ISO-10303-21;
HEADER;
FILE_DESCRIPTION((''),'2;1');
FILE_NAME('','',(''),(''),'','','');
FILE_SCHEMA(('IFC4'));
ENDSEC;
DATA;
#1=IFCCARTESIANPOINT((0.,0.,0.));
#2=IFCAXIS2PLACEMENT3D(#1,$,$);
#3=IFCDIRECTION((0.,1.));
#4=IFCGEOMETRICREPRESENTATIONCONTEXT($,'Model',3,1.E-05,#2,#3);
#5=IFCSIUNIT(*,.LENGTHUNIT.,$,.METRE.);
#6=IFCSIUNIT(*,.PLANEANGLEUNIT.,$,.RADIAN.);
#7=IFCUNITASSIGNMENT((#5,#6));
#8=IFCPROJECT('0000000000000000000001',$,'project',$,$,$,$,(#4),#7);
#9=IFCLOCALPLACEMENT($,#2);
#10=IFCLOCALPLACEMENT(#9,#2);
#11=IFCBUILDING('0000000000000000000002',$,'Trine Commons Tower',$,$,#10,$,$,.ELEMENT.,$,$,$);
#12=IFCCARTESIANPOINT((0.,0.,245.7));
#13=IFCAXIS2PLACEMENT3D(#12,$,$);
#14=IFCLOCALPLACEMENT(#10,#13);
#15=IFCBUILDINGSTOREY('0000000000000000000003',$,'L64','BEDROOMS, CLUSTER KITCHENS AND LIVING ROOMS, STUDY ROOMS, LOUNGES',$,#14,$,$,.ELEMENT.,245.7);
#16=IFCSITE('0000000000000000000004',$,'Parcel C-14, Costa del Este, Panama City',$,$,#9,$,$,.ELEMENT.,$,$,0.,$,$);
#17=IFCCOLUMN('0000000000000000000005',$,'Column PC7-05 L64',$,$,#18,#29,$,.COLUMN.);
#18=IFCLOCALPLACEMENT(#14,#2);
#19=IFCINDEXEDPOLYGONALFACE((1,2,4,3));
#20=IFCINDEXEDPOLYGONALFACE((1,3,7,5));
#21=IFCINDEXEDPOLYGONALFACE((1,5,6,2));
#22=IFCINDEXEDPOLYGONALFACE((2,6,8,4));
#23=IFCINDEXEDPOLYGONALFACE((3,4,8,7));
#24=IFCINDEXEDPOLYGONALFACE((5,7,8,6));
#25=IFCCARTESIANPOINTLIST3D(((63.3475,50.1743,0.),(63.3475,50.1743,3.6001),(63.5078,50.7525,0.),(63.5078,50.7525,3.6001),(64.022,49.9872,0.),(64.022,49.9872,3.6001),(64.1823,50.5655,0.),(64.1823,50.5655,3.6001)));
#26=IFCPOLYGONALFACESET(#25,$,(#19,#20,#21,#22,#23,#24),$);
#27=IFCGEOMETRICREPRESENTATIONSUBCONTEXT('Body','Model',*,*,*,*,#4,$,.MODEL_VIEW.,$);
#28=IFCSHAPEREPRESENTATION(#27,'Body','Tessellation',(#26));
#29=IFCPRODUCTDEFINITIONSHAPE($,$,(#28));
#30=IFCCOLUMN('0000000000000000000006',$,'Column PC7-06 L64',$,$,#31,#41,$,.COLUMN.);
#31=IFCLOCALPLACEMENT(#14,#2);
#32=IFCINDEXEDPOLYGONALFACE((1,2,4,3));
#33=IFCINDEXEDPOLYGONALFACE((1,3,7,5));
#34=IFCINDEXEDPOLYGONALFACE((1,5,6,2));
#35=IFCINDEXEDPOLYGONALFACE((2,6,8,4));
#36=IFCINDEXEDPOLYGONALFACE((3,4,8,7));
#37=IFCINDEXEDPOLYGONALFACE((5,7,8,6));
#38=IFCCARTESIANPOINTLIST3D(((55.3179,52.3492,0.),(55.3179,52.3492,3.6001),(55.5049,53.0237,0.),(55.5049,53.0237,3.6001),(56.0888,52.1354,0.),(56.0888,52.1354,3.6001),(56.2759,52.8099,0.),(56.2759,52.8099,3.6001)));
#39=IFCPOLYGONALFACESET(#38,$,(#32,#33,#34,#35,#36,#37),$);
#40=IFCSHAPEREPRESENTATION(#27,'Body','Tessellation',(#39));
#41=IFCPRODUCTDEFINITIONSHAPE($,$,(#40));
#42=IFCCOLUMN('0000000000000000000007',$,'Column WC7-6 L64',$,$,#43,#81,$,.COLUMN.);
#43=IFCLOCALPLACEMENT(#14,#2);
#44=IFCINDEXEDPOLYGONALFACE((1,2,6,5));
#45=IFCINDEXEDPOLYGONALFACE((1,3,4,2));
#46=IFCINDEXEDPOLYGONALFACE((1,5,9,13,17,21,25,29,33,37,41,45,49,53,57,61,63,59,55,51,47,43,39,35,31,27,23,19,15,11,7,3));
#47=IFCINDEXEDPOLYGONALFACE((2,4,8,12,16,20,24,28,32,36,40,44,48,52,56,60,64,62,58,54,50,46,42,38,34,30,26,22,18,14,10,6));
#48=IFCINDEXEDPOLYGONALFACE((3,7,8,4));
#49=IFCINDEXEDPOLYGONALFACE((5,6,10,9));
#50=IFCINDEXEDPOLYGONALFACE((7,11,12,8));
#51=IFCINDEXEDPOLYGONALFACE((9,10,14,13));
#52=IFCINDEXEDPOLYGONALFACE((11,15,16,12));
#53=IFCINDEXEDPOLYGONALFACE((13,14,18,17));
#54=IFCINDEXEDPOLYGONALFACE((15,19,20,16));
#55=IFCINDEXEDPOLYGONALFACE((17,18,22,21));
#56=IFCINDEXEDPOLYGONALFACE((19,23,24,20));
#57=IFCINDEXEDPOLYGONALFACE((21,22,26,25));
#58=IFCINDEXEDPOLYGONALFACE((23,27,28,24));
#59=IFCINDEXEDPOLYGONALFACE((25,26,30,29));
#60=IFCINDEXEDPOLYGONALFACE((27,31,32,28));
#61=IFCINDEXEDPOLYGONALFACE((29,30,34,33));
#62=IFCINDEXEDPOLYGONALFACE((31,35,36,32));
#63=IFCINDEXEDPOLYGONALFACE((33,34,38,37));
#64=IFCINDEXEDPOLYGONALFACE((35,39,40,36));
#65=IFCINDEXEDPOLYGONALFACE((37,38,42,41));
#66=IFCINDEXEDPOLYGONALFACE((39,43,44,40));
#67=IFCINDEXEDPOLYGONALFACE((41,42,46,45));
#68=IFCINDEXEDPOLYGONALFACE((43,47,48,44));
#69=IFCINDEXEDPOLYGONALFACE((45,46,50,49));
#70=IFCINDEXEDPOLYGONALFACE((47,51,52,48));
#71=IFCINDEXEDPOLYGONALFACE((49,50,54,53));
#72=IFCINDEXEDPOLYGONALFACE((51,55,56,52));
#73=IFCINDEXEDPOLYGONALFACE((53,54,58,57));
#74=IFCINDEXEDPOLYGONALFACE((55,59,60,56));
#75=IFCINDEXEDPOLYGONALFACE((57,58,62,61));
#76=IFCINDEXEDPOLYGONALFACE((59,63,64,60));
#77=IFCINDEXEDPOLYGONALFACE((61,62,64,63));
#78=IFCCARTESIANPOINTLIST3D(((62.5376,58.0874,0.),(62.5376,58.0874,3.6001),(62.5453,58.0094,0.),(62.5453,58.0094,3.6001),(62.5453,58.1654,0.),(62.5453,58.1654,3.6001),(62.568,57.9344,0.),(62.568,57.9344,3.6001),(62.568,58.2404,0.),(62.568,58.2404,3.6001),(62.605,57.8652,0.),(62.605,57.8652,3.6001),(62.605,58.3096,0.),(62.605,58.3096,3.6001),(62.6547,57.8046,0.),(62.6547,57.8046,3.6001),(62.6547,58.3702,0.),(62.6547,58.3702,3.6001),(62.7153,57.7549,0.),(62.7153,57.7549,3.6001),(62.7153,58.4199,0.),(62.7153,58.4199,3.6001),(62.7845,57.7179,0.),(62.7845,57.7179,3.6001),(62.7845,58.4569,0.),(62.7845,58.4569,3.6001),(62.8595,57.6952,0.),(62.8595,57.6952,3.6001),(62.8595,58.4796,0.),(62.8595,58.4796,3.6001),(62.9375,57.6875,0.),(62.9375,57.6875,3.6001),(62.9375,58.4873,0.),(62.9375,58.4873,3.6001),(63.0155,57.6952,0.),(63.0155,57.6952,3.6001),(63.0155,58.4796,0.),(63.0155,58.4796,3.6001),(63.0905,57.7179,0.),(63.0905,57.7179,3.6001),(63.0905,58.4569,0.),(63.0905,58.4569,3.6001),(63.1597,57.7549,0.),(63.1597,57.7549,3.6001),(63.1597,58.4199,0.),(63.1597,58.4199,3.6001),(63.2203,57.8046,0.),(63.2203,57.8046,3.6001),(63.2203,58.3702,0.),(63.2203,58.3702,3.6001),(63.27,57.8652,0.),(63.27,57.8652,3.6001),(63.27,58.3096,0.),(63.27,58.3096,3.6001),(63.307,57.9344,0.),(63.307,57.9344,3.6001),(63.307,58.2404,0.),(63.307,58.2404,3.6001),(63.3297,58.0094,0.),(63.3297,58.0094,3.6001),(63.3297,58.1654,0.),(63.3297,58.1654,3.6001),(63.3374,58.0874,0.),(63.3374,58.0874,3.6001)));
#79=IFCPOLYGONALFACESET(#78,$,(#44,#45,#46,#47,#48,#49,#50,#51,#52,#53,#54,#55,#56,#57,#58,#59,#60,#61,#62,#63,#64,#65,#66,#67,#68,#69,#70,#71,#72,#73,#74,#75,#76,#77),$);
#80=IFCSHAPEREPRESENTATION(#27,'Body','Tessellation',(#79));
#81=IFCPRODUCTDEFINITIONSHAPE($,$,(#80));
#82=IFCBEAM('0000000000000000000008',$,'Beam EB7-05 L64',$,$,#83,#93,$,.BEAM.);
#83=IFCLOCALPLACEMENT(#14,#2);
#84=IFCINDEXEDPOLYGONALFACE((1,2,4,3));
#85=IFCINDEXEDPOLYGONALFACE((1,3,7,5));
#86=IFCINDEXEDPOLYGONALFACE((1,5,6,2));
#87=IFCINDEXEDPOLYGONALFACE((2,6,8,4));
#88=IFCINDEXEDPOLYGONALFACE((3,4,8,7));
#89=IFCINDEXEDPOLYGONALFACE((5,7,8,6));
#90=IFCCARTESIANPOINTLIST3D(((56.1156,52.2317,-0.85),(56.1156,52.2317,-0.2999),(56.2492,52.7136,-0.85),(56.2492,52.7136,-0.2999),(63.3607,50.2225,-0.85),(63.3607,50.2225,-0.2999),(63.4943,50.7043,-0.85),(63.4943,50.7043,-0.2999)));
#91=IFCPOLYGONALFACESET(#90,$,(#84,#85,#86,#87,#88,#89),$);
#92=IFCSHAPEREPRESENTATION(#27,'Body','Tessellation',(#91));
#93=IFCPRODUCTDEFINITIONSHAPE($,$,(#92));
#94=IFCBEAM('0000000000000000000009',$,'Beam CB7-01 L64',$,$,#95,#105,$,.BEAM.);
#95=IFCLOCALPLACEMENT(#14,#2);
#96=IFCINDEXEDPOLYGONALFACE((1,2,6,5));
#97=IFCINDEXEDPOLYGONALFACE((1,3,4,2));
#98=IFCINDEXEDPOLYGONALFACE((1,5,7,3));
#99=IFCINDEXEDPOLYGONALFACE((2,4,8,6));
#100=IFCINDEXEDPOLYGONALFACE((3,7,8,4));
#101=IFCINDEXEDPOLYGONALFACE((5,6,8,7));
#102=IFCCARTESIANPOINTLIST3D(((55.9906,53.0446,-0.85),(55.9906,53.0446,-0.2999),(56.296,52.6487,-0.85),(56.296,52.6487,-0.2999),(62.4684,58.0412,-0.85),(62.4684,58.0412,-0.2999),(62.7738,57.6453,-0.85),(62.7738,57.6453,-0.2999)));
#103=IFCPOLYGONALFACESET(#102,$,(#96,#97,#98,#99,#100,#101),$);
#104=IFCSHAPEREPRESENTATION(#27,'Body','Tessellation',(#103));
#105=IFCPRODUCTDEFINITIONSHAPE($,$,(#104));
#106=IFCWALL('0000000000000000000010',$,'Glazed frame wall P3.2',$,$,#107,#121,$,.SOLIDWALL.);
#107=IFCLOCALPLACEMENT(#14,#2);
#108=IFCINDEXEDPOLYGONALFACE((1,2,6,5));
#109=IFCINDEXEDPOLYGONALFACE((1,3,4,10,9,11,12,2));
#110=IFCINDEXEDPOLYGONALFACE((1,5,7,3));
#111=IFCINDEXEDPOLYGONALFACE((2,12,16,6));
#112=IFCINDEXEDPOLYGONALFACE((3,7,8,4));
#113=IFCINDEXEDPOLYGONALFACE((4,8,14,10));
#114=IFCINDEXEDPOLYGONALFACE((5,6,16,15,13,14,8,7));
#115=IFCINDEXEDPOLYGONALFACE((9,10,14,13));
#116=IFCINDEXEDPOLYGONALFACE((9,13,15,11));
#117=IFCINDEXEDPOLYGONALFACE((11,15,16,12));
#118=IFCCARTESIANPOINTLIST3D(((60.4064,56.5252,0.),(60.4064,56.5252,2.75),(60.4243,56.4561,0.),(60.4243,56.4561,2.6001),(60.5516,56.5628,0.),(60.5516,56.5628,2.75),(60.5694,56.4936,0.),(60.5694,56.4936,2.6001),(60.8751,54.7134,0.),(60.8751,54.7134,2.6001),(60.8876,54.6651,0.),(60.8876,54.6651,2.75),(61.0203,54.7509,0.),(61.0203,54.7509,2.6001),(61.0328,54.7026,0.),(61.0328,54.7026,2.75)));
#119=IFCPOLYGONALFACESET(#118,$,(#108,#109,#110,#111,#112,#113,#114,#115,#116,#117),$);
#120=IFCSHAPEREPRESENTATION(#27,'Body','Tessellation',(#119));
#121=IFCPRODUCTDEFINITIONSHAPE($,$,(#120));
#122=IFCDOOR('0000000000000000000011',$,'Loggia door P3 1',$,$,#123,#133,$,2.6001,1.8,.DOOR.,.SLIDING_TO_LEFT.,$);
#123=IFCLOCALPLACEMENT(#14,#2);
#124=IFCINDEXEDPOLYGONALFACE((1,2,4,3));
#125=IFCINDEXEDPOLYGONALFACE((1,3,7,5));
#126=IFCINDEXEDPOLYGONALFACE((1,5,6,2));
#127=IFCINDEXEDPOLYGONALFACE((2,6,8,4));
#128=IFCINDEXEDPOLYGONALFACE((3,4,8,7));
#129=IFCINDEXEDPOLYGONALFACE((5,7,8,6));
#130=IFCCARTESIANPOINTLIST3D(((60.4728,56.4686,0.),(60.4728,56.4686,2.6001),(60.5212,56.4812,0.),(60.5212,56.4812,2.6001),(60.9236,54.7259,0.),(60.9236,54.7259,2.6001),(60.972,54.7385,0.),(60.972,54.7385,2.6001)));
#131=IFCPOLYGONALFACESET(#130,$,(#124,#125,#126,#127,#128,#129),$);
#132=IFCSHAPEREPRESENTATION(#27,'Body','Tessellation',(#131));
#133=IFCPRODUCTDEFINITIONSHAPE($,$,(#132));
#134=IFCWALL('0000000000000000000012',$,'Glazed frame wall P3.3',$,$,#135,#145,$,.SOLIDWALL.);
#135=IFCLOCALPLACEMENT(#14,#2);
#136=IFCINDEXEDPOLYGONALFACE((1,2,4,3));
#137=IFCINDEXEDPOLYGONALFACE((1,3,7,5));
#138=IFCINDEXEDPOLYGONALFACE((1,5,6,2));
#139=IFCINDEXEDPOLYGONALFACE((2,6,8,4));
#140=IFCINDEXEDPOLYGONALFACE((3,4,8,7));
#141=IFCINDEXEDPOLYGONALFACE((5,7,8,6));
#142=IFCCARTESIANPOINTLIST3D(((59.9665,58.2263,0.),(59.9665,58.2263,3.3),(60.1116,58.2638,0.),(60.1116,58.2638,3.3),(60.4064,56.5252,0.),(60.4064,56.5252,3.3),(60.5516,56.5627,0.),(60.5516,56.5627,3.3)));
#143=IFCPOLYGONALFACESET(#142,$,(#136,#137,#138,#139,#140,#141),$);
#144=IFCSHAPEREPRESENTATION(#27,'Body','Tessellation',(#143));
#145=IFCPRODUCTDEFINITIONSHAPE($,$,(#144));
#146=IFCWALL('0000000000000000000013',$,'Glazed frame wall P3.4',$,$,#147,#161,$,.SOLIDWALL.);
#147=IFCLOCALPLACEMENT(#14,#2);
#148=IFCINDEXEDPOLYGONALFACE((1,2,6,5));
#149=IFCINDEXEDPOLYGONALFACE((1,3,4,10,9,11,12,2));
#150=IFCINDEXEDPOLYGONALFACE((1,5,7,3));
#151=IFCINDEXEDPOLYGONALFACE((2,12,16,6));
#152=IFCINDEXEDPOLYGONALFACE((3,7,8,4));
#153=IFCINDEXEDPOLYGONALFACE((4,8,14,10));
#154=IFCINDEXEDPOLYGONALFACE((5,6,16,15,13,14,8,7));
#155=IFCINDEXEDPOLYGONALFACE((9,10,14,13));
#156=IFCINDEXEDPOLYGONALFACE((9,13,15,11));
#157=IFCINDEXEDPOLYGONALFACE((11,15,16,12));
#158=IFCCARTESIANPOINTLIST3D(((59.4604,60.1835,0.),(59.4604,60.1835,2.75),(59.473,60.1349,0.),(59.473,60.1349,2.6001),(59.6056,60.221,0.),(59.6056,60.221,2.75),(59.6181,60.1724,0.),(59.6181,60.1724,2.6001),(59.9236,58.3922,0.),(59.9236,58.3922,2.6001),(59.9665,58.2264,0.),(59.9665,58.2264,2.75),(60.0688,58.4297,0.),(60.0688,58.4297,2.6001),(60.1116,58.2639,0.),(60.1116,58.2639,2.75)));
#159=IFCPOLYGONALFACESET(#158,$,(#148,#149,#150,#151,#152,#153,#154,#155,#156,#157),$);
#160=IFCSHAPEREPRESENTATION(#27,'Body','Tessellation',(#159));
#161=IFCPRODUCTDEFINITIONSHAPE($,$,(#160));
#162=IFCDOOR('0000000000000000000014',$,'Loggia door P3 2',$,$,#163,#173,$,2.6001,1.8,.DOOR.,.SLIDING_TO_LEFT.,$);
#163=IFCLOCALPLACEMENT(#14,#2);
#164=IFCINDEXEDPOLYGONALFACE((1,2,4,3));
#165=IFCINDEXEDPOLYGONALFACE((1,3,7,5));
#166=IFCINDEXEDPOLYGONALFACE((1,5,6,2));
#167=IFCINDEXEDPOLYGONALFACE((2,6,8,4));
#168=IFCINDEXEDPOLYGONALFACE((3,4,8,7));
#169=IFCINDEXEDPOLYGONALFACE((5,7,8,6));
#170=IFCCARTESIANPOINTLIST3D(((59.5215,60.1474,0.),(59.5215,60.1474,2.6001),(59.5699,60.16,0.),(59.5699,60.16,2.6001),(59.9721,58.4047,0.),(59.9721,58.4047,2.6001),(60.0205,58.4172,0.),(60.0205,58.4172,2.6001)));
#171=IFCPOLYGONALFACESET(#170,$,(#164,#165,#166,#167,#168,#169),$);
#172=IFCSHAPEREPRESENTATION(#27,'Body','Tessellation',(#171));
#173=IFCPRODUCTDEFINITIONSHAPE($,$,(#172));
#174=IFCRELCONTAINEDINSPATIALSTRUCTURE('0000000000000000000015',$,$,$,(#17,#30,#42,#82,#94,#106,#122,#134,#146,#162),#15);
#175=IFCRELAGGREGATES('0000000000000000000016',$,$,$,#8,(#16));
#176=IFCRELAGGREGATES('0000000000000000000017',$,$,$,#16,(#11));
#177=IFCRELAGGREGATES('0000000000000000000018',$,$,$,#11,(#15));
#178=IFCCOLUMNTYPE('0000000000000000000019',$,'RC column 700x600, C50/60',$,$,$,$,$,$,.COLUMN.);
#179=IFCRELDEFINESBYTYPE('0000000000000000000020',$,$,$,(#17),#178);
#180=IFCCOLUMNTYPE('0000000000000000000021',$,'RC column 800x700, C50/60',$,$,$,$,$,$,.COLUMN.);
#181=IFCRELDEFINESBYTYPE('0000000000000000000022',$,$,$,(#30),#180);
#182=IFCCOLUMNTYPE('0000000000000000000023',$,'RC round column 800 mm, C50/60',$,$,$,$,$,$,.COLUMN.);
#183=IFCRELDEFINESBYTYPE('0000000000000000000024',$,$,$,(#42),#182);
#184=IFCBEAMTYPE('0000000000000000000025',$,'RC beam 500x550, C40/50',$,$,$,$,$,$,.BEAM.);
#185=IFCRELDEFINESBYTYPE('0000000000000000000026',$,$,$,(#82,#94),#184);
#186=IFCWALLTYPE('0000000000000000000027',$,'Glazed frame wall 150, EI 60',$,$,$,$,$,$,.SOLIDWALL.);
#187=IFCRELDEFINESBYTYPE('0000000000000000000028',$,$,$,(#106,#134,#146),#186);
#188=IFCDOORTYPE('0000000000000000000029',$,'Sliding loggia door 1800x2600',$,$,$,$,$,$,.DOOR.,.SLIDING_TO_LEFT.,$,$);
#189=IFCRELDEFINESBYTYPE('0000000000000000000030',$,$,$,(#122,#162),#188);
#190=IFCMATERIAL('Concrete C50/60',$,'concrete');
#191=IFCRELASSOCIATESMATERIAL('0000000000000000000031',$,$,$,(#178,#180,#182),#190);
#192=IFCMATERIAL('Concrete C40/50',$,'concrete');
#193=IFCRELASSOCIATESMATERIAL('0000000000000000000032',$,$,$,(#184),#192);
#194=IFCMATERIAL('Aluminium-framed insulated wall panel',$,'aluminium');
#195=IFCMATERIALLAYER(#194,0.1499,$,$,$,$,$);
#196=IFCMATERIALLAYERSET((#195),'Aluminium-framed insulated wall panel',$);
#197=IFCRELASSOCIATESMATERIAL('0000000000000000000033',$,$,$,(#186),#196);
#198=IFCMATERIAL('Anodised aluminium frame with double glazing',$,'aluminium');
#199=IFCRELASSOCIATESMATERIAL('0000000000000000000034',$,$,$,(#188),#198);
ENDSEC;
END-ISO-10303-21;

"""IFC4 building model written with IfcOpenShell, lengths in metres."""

from ifc_helpers import new_model, si_unit, direction, frame, frame_2d, origin, origin_2d, place, context, subcontext, project, spatial, polyline, rectangle, circle, outline, extrude, material, layer, layer_set, material_profile, profile_set, type_object, element, fill, save


model = new_model("IFC4")

# Units and contexts
model_context = context("Model", 3, precision=1e-05, world=origin(), true_north=direction((0.0, 1.0)))
body_context = subcontext(model_context, "Body", "Model", "MODEL_VIEW")
ifc_project = project(units=[si_unit("LENGTHUNIT", "METRE"), si_unit("PLANEANGLEUNIT", "RADIAN")], contexts=[model_context])

# Site, building, storey
site_placement = place(None, origin())
site = spatial("IfcSite", under=ifc_project, at=site_placement, Name="Parcel C-14, Costa del Este, Panama City", CompositionType="ELEMENT", RefElevation=0.0)
building_placement = place(site_placement, origin())
building = spatial("IfcBuilding", under=site, at=building_placement, Name="Trine Commons Tower", CompositionType="ELEMENT")
storey_placement = place(building_placement, frame((0.0, 0.0, 245.7)))
storey = spatial("IfcBuildingStorey", under=building, at=storey_placement, Name="L64", Description="BEDROOMS, CLUSTER KITCHENS AND LIVING ROOMS, STUDY ROOMS, LOUNGES", CompositionType="ELEMENT", Elevation=245.7)

# Columns
ifc_material_1 = material(Name="Concrete C50/60", Category="concrete")
ifc_material_profile_1 = material_profile(ifc_material_1, rectangle(XDim=0.7, YDim=0.6001, at=origin_2d()), Name="RC 700x600")
ifc_profile_set_1 = profile_set([ifc_material_profile_1], Name="Concrete C50/60")
column_type_1 = type_object("IfcColumnType", Name="RC column 700x600, C50/60", PredefinedType="COLUMN", material=ifc_profile_set_1)
column_1_placement = place(storey_placement, frame((63.7649, 50.3699, 0.0), z_axis=(0.0, 0.0, 1.0), x_axis=(-0.96363, 0.267238, 0.0)))
element("IfcColumn", 1, at=column_1_placement, inside=storey, type_object=column_type_1, Name="Column PC7-05 L64", PredefinedType="COLUMN", context=body_context, shape_type="SweptSolid", body=[
    extrude(rectangle(XDim=0.7, YDim=0.6001, at=origin_2d()), origin(), (0.0, 0.0, 1.0), 3.6001),
])
ifc_material_profile_2 = material_profile(ifc_material_1, rectangle(XDim=0.8, YDim=0.7, at=origin_2d()), Name="RC 800x700")
ifc_profile_set_2 = profile_set([ifc_material_profile_2], Name="Concrete C50/60")
column_type_2 = type_object("IfcColumnType", Name="RC column 800x700, C50/60", PredefinedType="COLUMN", material=ifc_profile_set_2)
column_2_placement = place(storey_placement, frame((55.7969, 52.5796, 0.0), z_axis=(0.0, 0.0, 1.0), x_axis=(-0.96363, 0.267238, 0.0)))
element("IfcColumn", 2, at=column_2_placement, inside=storey, type_object=column_type_2, Name="Column PC7-06 L64", PredefinedType="COLUMN", context=body_context, shape_type="SweptSolid", body=[
    extrude(rectangle(XDim=0.8, YDim=0.7, at=origin_2d()), origin(), (0.0, 0.0, 1.0), 3.6001),
])
ifc_material_profile_3 = material_profile(ifc_material_1, circle(Radius=0.3999, at=origin_2d()), Name="RC round 800")
ifc_profile_set_3 = profile_set([ifc_material_profile_3], Name="Concrete C50/60")
column_type_3 = type_object("IfcColumnType", Name="RC round column 800 mm, C50/60", PredefinedType="COLUMN", material=ifc_profile_set_3)
column_3_placement = place(storey_placement, frame((62.9375, 58.0874, 0.0), z_axis=(0.0, 0.0, 1.0), x_axis=(1.0, 0.0, 0.0)))
element("IfcColumn", 3, at=column_3_placement, inside=storey, type_object=column_type_3, Name="Column WC7-6 L64", PredefinedType="COLUMN", context=body_context, shape_type="SweptSolid", body=[
    extrude(circle(Radius=0.3999, at=origin_2d()), origin(), (0.0, 0.0, 1.0), 3.6001),
])

# Beams
ifc_material_2 = material(Name="Concrete C40/50", Category="concrete")
ifc_material_profile_4 = material_profile(ifc_material_2, rectangle(XDim=0.5, YDim=0.55, at=origin_2d()), Name="RC 500x550")
ifc_profile_set_4 = profile_set([ifc_material_profile_4], Name="Concrete C40/50")
beam_type = type_object("IfcBeamType", Name="RC beam 500x550, C40/50", PredefinedType="BEAM", material=ifc_profile_set_4)
beam_1_placement = place(storey_placement, frame((63.4275, 50.4634, -0.575), z_axis=(-0.963629, 0.267242, 0.0), x_axis=(-0.267242, -0.963629, 0.0)))
element("IfcBeam", 4, at=beam_1_placement, inside=storey, type_object=beam_type, Name="Beam EB7-05 L64", PredefinedType="BEAM", context=body_context, shape_type="SweptSolid", body=[
    extrude(rectangle(XDim=0.5, YDim=0.55, at=origin_2d()), origin(), (0.0, 0.0, 1.0), 7.5186),
])
beam_2_placement = place(storey_placement, frame((56.1433, 52.8467, -0.575), z_axis=(0.791816, 0.61076, 0.0), x_axis=(-0.61076, 0.791816, 0.0)))
element("IfcBeam", 5, at=beam_2_placement, inside=storey, type_object=beam_type, Name="Beam CB7-01 L64", PredefinedType="BEAM", context=body_context, shape_type="SweptSolid", body=[
    extrude(rectangle(XDim=0.5, YDim=0.55, at=origin_2d()), origin(), (0.0, 0.0, 1.0), 8.1809),
])

# Shared definitions
ifc_material_3 = material(Name="Aluminium-framed insulated wall panel", Category="aluminium")
ifc_layer_1 = layer(ifc_material_3, 0.1499)
ifc_layer_set_1 = layer_set([ifc_layer_1], Name="Aluminium-framed insulated wall panel")
wall_type_1 = type_object("IfcWallType", Name="Glazed frame wall 150, EI 60", PredefinedType="SOLIDWALL", material=ifc_layer_set_1)

# Wall, opening, door
wall_1_placement = place(storey_placement, frame((60.9602, 54.6838, 0.0), z_axis=(0.0, 0.0, 1.0), x_axis=(-0.250451, 0.968129, 0.0)))
wall_1 = element("IfcWall", 6, at=wall_1_placement, inside=storey, type_object=wall_type_1, Name="Glazed frame wall P3.2", PredefinedType="SOLIDWALL", context=body_context, shape_type="SweptSolid", body=[
    extrude(outline(polyline([(0.0, -0.075), (1.9214, -0.075), (1.9214, 0.075), (0.0, 0.075), (0.0, -0.075)])), origin(), (0.0, 0.0, 1.0), 2.75),
])
opening_1_placement = place(wall_1_placement, frame((0.05, 0.0, 0.0)))
opening_1 = element("IfcOpeningElement", 7, at=opening_1_placement, cuts=wall_1, PredefinedType="OPENING", context=body_context, shape_type="SweptSolid", body=[
    extrude(rectangle(XDim=1.8, YDim=2.6001, at=frame_2d((0.8999, 1.3))), frame((0.0, 0.085, 0.0), z_axis=(0.0, -1.0, 0.0), x_axis=(1.0, 0.0, 0.0)), (0.0, 0.0, 1.0), 0.1699),
])
ifc_material_4 = material(Name="Anodised aluminium frame with double glazing", Category="aluminium")
door_type_1 = type_object("IfcDoorType", Name="Sliding loggia door 1800x2600", OperationType="SLIDING_TO_LEFT", PredefinedType="DOOR", material=ifc_material_4)
door_1_placement = place(opening_1_placement, origin())
door_1 = element("IfcDoor", 8, at=door_1_placement, inside=storey, type_object=door_type_1, Name="Loggia door P3 1", OperationType="SLIDING_TO_LEFT", OverallHeight=2.6001, OverallWidth=1.8, PredefinedType="DOOR", context=body_context, shape_type="SweptSolid", body=[
    extrude(rectangle(XDim=1.8, YDim=2.6001, at=frame_2d((0.8999, 1.3))), frame((0.0, 0.0249, 0.0), z_axis=(0.0, -1.0, 0.0), x_axis=(1.0, 0.0, 0.0)), (0.0, 0.0, 1.0), 0.05),
])
fill(opening_1, door_1)

# Wall
wall_2_placement = place(storey_placement, frame((60.479, 56.5439, 0.0), z_axis=(0.0, 0.0, 1.0), x_axis=(-0.250374, 0.968149, 0.0)))
element("IfcWall", 9, at=wall_2_placement, inside=storey, type_object=wall_type_1, Name="Glazed frame wall P3.3", PredefinedType="SOLIDWALL", context=body_context, shape_type="SweptSolid", body=[
    extrude(outline(polyline([(0.0, -0.075), (1.7571, -0.075), (1.7571, 0.075), (0.0, 0.075), (0.0, -0.075)])), origin(), (0.0, 0.0, 1.0), 3.3),
])

# Wall, opening, door
wall_3_placement = place(storey_placement, frame((60.0391, 58.2451, 0.0), z_axis=(0.0, 0.0, 1.0), x_axis=(-0.250342, 0.968158, 0.0)))
wall_3 = element("IfcWall", 10, at=wall_3_placement, inside=storey, type_object=wall_type_1, Name="Glazed frame wall P3.4", PredefinedType="SOLIDWALL", context=body_context, shape_type="SweptSolid", body=[
    extrude(outline(polyline([(0.0, -0.075), (2.0215, -0.075), (2.0215, 0.075), (0.0, 0.075), (0.0, -0.075)])), origin(), (0.0, 0.0, 1.0), 2.75),
])
opening_2_placement = place(wall_3_placement, frame((0.1714, 0.0, 0.0)))
opening_2 = element("IfcOpeningElement", 11, at=opening_2_placement, cuts=wall_3, PredefinedType="OPENING", context=body_context, shape_type="SweptSolid", body=[
    extrude(rectangle(XDim=1.8, YDim=2.6001, at=frame_2d((0.8999, 1.3))), frame((0.0, 0.085, 0.0), z_axis=(0.0, -1.0, 0.0), x_axis=(1.0, 0.0, 0.0)), (0.0, 0.0, 1.0), 0.1699),
])
door_2_placement = place(opening_2_placement, origin())
door_2 = element("IfcDoor", 12, at=door_2_placement, inside=storey, type_object=door_type_1, Name="Loggia door P3 2", OperationType="SLIDING_TO_LEFT", OverallHeight=2.6001, OverallWidth=1.8, PredefinedType="DOOR", context=body_context, shape_type="SweptSolid", body=[
    extrude(rectangle(XDim=1.8, YDim=2.6001, at=frame_2d((0.8999, 1.3))), frame((0.0, 0.0249, 0.0), z_axis=(0.0, -1.0, 0.0), x_axis=(1.0, 0.0, 0.0)), (0.0, 0.0, 1.0), 0.05),
])
fill(opening_2, door_2)

save(model, "model.ifc")
